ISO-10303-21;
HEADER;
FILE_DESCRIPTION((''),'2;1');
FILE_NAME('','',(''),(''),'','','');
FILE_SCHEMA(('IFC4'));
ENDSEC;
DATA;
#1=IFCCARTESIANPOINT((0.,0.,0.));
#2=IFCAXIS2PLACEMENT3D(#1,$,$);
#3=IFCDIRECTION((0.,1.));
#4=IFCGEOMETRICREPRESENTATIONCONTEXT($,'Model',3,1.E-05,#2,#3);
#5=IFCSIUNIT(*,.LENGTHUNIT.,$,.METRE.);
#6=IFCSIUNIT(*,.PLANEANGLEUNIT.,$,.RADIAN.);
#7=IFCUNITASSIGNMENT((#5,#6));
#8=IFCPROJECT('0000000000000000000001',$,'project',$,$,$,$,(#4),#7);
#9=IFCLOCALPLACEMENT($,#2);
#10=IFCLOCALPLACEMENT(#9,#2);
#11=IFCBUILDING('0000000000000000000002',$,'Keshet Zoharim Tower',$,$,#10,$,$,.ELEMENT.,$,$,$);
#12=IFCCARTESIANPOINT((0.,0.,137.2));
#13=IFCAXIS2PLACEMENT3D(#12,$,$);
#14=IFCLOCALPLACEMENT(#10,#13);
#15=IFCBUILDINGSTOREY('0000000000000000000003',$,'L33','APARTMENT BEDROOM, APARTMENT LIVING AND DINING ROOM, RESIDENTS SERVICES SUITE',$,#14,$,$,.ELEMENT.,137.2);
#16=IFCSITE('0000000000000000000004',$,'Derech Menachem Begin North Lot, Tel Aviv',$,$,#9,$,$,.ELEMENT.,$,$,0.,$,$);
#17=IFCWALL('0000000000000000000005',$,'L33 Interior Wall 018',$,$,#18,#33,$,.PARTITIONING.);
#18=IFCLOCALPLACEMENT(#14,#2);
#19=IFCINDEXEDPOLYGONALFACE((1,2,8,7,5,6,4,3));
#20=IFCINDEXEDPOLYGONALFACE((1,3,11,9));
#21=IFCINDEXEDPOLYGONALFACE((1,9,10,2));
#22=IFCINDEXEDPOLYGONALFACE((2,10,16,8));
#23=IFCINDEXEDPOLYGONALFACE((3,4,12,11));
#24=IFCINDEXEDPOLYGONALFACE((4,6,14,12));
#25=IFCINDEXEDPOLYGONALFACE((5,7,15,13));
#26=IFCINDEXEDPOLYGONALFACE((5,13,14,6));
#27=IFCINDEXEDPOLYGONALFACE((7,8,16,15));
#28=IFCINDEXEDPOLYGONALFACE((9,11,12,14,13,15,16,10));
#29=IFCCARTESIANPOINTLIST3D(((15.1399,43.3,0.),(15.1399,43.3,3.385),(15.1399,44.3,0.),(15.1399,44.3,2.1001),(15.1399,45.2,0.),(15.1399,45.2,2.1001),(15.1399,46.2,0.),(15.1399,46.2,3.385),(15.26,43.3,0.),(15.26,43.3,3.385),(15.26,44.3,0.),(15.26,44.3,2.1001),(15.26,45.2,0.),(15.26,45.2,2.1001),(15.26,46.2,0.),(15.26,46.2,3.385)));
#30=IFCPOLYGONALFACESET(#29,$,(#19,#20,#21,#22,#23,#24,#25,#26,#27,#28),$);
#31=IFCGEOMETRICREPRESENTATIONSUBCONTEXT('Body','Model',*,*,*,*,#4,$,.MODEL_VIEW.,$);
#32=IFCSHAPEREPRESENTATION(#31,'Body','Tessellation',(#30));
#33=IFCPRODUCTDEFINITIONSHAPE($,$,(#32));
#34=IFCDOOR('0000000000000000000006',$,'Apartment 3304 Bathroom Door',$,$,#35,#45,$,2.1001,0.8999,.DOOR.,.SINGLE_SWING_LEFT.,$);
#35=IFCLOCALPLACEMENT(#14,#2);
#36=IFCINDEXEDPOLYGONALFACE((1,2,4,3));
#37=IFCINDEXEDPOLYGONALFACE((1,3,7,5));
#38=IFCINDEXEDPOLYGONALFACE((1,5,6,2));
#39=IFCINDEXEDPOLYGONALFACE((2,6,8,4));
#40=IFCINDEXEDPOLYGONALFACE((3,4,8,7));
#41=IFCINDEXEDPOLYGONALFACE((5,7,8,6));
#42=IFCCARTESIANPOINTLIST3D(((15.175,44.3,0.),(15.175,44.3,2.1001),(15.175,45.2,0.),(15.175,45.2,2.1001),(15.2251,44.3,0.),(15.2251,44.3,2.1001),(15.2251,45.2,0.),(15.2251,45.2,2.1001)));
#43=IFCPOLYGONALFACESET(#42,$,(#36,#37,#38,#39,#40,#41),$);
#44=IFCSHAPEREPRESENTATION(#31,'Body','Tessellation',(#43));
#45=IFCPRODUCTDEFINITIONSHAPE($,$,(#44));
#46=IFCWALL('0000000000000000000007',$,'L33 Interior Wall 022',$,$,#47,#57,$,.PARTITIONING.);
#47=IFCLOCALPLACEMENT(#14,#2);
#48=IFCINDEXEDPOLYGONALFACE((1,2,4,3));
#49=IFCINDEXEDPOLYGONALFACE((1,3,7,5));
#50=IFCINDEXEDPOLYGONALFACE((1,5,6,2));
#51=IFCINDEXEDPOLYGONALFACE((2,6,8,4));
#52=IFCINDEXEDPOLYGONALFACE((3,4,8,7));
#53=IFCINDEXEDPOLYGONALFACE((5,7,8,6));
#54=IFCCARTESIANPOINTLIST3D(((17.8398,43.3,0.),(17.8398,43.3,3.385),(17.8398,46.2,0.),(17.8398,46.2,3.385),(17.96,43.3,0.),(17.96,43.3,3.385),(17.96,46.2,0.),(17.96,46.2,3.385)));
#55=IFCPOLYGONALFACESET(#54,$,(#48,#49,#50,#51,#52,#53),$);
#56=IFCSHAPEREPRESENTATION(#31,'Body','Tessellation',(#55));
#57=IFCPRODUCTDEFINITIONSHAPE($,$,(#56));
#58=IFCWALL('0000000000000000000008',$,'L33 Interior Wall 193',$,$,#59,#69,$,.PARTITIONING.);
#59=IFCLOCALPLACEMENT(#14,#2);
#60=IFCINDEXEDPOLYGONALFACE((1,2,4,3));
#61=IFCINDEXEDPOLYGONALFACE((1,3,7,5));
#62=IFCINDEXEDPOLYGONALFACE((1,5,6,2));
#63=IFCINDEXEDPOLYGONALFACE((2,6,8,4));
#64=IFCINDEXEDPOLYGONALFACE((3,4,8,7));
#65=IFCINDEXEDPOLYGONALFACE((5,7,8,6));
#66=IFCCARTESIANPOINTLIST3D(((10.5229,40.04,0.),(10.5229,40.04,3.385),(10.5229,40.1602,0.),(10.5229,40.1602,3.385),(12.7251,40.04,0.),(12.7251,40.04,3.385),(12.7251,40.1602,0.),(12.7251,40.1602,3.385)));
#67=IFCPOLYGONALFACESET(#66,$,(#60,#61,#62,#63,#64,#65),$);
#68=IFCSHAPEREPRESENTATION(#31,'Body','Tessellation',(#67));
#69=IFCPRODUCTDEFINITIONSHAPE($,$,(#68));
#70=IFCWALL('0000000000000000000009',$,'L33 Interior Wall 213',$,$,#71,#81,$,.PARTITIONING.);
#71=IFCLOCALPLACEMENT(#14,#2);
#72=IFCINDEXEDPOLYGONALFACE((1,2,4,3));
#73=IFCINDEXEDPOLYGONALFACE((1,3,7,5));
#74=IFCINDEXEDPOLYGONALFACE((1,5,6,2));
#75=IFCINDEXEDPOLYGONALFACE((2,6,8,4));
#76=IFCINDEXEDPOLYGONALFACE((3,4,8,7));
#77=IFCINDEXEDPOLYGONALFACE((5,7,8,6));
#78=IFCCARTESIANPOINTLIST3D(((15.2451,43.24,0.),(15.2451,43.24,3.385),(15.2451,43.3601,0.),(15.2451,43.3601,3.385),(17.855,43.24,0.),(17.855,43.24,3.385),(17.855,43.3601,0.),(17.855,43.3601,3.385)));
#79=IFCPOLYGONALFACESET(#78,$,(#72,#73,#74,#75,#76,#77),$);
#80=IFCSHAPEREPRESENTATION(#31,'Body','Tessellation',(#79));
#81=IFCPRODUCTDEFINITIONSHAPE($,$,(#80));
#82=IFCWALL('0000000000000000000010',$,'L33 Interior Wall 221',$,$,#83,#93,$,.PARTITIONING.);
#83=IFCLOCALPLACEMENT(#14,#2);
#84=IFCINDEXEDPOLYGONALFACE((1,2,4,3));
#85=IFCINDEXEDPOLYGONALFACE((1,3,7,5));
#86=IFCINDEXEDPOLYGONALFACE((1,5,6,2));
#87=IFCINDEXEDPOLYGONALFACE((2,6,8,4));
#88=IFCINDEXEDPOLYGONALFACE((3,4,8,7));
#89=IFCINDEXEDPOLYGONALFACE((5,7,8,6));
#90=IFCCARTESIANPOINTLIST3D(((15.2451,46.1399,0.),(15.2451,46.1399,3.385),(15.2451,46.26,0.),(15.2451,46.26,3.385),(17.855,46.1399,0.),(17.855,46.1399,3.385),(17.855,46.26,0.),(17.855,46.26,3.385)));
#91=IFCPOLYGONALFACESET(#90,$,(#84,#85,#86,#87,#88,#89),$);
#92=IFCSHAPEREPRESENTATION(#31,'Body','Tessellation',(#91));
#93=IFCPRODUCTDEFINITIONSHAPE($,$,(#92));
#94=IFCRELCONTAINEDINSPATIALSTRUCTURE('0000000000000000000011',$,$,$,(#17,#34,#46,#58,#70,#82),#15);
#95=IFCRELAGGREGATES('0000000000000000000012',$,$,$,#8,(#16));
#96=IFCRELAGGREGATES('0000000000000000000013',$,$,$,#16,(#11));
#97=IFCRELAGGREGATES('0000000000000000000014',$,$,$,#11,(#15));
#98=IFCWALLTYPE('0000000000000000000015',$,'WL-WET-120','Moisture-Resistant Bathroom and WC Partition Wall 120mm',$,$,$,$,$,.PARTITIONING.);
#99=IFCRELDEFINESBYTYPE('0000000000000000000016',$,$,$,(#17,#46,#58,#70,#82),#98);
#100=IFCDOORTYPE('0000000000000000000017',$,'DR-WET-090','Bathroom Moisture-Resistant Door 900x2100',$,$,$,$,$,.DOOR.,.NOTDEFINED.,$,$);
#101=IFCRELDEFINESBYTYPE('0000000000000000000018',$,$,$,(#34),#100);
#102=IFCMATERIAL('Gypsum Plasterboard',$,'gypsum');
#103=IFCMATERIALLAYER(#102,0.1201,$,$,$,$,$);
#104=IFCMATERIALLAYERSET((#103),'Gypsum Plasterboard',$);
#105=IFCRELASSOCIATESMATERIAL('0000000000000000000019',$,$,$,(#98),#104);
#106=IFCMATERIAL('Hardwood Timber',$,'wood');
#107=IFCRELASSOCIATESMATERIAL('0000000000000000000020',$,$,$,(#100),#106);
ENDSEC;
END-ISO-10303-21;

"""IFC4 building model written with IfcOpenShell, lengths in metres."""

from ifc_helpers import new_model, si_unit, direction, frame, frame_2d, origin, place, context, subcontext, project, spatial, rectangle, extrude, material, layer, layer_set, type_object, element, fill, save


model = new_model("IFC4")

# Units and contexts
model_context = context("Model", 3, precision=1e-05, world=origin(), true_north=direction((0.0, 1.0)))
body_context = subcontext(model_context, "Body", "Model", "MODEL_VIEW")
ifc_project = project(units=[si_unit("LENGTHUNIT", "METRE"), si_unit("PLANEANGLEUNIT", "RADIAN")], contexts=[model_context])

# Site, building, storey
site_placement = place(None, origin())
site = spatial("IfcSite", under=ifc_project, at=site_placement, Name="Derech Menachem Begin North Lot, Tel Aviv", CompositionType="ELEMENT", RefElevation=0.0)
building_placement = place(site_placement, origin())
building = spatial("IfcBuilding", under=site, at=building_placement, Name="Keshet Zoharim Tower", CompositionType="ELEMENT")
storey_placement = place(building_placement, frame((0.0, 0.0, 137.2)))
storey = spatial("IfcBuildingStorey", under=building, at=storey_placement, Name="L33", Description="APARTMENT BEDROOM, APARTMENT LIVING AND DINING ROOM, RESIDENTS SERVICES SUITE", CompositionType="ELEMENT", Elevation=137.2)

# Shared definitions
ifc_material_1 = material(Name="Gypsum Plasterboard", Category="gypsum")

# Shared definitions
ifc_material_2 = material(Name="Hardwood Timber", Category="wood")

# Wall, opening, door
ifc_layer_1 = layer(ifc_material_1, 0.1201)
ifc_layer_set_1 = layer_set([ifc_layer_1], Name="Gypsum Plasterboard")
wall_type_1 = type_object("IfcWallType", Name="WL-WET-120", Description="Moisture-Resistant Bathroom and WC Partition Wall 120mm", PredefinedType="PARTITIONING", material=ifc_layer_set_1)
wall_1_placement = place(storey_placement, frame((15.2, 43.3, 0.0), z_axis=(0.0, 0.0, 1.0), x_axis=(0.0, 1.0, 0.0)))
wall_1 = element("IfcWall", 1, at=wall_1_placement, inside=storey, type_object=wall_type_1, Name="L33 Interior Wall 018", PredefinedType="PARTITIONING", context=body_context, shape_type="SweptSolid", body=[
    extrude(rectangle(XDim=2.8999, YDim=0.1201, at=frame_2d((1.45, 0.0))), origin(), (0.0, 0.0, 1.0), 3.385),
])
opening_1_placement = place(wall_1_placement, frame((1.0, 0.0, 0.0)))
opening_1 = element("IfcOpeningElement", 2, at=opening_1_placement, cuts=wall_1, PredefinedType="OPENING", context=body_context, shape_type="SweptSolid", body=[
    extrude(rectangle(XDim=0.8999, YDim=2.1001, at=frame_2d((0.45, 1.05))), frame((0.0, 0.0701, 0.0), z_axis=(0.0, -1.0, 0.0), x_axis=(1.0, 0.0, 0.0)), (0.0, 0.0, 1.0), 0.1401),
])
door_type_1 = type_object("IfcDoorType", Name="DR-WET-090", Description="Bathroom Moisture-Resistant Door 900x2100", OperationType="NOTDEFINED", PredefinedType="DOOR", material=ifc_material_2)
door_1_placement = place(opening_1_placement, origin())
door_1 = element("IfcDoor", 3, at=door_1_placement, inside=storey, type_object=door_type_1, Name="Apartment 3304 Bathroom Door", OperationType="SINGLE_SWING_LEFT", OverallHeight=2.1001, OverallWidth=0.8999, PredefinedType="DOOR", context=body_context, shape_type="SweptSolid", body=[
    extrude(rectangle(XDim=0.8999, YDim=2.1001, at=frame_2d((0.45, 1.05))), frame((0.0, 0.0249, 0.0), z_axis=(0.0, -1.0, 0.0), x_axis=(1.0, 0.0, 0.0)), (0.0, 0.0, 1.0), 0.05),
])
fill(opening_1, door_1)

# Walls
wall_2_placement = place(storey_placement, frame((17.8999, 43.3, 0.0), z_axis=(0.0, 0.0, 1.0), x_axis=(0.0, 1.0, 0.0)))
element("IfcWall", 4, at=wall_2_placement, inside=storey, type_object=wall_type_1, Name="L33 Interior Wall 022", PredefinedType="PARTITIONING", context=body_context, shape_type="SweptSolid", body=[
    extrude(rectangle(XDim=2.8999, YDim=0.1201, at=frame_2d((1.45, 0.0))), origin(), (0.0, 0.0, 1.0), 3.385),
])
wall_3_placement = place(storey_placement, frame((10.5229, 40.1001, 0.0), z_axis=(0.0, 0.0, 1.0), x_axis=(1.0, 0.0, 0.0)))
element("IfcWall", 5, at=wall_3_placement, inside=storey, type_object=wall_type_1, Name="L33 Interior Wall 193", PredefinedType="PARTITIONING", context=body_context, shape_type="SweptSolid", body=[
    extrude(rectangle(XDim=2.2021, YDim=0.1201, at=frame_2d((1.1011, 0.0))), origin(), (0.0, 0.0, 1.0), 3.385),
])
for number, where, z_axis, x_axis, name in (
    (6, (15.2451, 43.3, 0.0), (0.0, 0.0, 1.0), (1.0, 0.0, 0.0), "L33 Interior Wall 213"),
    (7, (15.2451, 46.2, 0.0), (0.0, 0.0, 1.0), (1.0, 0.0, 0.0), "L33 Interior Wall 221"),
):
    element("IfcWall", number, at=place(storey_placement, frame(where, z_axis=z_axis, x_axis=x_axis)), inside=storey, type_object=wall_type_1, Name=name, PredefinedType="PARTITIONING", context=body_context, shape_type="SweptSolid", body=[
        extrude(rectangle(XDim=2.6099, YDim=0.1201, at=frame_2d((1.3049, 0.0))), origin(), (0.0, 0.0, 1.0), 3.385),
    ])

save(model, "model.ifc")
